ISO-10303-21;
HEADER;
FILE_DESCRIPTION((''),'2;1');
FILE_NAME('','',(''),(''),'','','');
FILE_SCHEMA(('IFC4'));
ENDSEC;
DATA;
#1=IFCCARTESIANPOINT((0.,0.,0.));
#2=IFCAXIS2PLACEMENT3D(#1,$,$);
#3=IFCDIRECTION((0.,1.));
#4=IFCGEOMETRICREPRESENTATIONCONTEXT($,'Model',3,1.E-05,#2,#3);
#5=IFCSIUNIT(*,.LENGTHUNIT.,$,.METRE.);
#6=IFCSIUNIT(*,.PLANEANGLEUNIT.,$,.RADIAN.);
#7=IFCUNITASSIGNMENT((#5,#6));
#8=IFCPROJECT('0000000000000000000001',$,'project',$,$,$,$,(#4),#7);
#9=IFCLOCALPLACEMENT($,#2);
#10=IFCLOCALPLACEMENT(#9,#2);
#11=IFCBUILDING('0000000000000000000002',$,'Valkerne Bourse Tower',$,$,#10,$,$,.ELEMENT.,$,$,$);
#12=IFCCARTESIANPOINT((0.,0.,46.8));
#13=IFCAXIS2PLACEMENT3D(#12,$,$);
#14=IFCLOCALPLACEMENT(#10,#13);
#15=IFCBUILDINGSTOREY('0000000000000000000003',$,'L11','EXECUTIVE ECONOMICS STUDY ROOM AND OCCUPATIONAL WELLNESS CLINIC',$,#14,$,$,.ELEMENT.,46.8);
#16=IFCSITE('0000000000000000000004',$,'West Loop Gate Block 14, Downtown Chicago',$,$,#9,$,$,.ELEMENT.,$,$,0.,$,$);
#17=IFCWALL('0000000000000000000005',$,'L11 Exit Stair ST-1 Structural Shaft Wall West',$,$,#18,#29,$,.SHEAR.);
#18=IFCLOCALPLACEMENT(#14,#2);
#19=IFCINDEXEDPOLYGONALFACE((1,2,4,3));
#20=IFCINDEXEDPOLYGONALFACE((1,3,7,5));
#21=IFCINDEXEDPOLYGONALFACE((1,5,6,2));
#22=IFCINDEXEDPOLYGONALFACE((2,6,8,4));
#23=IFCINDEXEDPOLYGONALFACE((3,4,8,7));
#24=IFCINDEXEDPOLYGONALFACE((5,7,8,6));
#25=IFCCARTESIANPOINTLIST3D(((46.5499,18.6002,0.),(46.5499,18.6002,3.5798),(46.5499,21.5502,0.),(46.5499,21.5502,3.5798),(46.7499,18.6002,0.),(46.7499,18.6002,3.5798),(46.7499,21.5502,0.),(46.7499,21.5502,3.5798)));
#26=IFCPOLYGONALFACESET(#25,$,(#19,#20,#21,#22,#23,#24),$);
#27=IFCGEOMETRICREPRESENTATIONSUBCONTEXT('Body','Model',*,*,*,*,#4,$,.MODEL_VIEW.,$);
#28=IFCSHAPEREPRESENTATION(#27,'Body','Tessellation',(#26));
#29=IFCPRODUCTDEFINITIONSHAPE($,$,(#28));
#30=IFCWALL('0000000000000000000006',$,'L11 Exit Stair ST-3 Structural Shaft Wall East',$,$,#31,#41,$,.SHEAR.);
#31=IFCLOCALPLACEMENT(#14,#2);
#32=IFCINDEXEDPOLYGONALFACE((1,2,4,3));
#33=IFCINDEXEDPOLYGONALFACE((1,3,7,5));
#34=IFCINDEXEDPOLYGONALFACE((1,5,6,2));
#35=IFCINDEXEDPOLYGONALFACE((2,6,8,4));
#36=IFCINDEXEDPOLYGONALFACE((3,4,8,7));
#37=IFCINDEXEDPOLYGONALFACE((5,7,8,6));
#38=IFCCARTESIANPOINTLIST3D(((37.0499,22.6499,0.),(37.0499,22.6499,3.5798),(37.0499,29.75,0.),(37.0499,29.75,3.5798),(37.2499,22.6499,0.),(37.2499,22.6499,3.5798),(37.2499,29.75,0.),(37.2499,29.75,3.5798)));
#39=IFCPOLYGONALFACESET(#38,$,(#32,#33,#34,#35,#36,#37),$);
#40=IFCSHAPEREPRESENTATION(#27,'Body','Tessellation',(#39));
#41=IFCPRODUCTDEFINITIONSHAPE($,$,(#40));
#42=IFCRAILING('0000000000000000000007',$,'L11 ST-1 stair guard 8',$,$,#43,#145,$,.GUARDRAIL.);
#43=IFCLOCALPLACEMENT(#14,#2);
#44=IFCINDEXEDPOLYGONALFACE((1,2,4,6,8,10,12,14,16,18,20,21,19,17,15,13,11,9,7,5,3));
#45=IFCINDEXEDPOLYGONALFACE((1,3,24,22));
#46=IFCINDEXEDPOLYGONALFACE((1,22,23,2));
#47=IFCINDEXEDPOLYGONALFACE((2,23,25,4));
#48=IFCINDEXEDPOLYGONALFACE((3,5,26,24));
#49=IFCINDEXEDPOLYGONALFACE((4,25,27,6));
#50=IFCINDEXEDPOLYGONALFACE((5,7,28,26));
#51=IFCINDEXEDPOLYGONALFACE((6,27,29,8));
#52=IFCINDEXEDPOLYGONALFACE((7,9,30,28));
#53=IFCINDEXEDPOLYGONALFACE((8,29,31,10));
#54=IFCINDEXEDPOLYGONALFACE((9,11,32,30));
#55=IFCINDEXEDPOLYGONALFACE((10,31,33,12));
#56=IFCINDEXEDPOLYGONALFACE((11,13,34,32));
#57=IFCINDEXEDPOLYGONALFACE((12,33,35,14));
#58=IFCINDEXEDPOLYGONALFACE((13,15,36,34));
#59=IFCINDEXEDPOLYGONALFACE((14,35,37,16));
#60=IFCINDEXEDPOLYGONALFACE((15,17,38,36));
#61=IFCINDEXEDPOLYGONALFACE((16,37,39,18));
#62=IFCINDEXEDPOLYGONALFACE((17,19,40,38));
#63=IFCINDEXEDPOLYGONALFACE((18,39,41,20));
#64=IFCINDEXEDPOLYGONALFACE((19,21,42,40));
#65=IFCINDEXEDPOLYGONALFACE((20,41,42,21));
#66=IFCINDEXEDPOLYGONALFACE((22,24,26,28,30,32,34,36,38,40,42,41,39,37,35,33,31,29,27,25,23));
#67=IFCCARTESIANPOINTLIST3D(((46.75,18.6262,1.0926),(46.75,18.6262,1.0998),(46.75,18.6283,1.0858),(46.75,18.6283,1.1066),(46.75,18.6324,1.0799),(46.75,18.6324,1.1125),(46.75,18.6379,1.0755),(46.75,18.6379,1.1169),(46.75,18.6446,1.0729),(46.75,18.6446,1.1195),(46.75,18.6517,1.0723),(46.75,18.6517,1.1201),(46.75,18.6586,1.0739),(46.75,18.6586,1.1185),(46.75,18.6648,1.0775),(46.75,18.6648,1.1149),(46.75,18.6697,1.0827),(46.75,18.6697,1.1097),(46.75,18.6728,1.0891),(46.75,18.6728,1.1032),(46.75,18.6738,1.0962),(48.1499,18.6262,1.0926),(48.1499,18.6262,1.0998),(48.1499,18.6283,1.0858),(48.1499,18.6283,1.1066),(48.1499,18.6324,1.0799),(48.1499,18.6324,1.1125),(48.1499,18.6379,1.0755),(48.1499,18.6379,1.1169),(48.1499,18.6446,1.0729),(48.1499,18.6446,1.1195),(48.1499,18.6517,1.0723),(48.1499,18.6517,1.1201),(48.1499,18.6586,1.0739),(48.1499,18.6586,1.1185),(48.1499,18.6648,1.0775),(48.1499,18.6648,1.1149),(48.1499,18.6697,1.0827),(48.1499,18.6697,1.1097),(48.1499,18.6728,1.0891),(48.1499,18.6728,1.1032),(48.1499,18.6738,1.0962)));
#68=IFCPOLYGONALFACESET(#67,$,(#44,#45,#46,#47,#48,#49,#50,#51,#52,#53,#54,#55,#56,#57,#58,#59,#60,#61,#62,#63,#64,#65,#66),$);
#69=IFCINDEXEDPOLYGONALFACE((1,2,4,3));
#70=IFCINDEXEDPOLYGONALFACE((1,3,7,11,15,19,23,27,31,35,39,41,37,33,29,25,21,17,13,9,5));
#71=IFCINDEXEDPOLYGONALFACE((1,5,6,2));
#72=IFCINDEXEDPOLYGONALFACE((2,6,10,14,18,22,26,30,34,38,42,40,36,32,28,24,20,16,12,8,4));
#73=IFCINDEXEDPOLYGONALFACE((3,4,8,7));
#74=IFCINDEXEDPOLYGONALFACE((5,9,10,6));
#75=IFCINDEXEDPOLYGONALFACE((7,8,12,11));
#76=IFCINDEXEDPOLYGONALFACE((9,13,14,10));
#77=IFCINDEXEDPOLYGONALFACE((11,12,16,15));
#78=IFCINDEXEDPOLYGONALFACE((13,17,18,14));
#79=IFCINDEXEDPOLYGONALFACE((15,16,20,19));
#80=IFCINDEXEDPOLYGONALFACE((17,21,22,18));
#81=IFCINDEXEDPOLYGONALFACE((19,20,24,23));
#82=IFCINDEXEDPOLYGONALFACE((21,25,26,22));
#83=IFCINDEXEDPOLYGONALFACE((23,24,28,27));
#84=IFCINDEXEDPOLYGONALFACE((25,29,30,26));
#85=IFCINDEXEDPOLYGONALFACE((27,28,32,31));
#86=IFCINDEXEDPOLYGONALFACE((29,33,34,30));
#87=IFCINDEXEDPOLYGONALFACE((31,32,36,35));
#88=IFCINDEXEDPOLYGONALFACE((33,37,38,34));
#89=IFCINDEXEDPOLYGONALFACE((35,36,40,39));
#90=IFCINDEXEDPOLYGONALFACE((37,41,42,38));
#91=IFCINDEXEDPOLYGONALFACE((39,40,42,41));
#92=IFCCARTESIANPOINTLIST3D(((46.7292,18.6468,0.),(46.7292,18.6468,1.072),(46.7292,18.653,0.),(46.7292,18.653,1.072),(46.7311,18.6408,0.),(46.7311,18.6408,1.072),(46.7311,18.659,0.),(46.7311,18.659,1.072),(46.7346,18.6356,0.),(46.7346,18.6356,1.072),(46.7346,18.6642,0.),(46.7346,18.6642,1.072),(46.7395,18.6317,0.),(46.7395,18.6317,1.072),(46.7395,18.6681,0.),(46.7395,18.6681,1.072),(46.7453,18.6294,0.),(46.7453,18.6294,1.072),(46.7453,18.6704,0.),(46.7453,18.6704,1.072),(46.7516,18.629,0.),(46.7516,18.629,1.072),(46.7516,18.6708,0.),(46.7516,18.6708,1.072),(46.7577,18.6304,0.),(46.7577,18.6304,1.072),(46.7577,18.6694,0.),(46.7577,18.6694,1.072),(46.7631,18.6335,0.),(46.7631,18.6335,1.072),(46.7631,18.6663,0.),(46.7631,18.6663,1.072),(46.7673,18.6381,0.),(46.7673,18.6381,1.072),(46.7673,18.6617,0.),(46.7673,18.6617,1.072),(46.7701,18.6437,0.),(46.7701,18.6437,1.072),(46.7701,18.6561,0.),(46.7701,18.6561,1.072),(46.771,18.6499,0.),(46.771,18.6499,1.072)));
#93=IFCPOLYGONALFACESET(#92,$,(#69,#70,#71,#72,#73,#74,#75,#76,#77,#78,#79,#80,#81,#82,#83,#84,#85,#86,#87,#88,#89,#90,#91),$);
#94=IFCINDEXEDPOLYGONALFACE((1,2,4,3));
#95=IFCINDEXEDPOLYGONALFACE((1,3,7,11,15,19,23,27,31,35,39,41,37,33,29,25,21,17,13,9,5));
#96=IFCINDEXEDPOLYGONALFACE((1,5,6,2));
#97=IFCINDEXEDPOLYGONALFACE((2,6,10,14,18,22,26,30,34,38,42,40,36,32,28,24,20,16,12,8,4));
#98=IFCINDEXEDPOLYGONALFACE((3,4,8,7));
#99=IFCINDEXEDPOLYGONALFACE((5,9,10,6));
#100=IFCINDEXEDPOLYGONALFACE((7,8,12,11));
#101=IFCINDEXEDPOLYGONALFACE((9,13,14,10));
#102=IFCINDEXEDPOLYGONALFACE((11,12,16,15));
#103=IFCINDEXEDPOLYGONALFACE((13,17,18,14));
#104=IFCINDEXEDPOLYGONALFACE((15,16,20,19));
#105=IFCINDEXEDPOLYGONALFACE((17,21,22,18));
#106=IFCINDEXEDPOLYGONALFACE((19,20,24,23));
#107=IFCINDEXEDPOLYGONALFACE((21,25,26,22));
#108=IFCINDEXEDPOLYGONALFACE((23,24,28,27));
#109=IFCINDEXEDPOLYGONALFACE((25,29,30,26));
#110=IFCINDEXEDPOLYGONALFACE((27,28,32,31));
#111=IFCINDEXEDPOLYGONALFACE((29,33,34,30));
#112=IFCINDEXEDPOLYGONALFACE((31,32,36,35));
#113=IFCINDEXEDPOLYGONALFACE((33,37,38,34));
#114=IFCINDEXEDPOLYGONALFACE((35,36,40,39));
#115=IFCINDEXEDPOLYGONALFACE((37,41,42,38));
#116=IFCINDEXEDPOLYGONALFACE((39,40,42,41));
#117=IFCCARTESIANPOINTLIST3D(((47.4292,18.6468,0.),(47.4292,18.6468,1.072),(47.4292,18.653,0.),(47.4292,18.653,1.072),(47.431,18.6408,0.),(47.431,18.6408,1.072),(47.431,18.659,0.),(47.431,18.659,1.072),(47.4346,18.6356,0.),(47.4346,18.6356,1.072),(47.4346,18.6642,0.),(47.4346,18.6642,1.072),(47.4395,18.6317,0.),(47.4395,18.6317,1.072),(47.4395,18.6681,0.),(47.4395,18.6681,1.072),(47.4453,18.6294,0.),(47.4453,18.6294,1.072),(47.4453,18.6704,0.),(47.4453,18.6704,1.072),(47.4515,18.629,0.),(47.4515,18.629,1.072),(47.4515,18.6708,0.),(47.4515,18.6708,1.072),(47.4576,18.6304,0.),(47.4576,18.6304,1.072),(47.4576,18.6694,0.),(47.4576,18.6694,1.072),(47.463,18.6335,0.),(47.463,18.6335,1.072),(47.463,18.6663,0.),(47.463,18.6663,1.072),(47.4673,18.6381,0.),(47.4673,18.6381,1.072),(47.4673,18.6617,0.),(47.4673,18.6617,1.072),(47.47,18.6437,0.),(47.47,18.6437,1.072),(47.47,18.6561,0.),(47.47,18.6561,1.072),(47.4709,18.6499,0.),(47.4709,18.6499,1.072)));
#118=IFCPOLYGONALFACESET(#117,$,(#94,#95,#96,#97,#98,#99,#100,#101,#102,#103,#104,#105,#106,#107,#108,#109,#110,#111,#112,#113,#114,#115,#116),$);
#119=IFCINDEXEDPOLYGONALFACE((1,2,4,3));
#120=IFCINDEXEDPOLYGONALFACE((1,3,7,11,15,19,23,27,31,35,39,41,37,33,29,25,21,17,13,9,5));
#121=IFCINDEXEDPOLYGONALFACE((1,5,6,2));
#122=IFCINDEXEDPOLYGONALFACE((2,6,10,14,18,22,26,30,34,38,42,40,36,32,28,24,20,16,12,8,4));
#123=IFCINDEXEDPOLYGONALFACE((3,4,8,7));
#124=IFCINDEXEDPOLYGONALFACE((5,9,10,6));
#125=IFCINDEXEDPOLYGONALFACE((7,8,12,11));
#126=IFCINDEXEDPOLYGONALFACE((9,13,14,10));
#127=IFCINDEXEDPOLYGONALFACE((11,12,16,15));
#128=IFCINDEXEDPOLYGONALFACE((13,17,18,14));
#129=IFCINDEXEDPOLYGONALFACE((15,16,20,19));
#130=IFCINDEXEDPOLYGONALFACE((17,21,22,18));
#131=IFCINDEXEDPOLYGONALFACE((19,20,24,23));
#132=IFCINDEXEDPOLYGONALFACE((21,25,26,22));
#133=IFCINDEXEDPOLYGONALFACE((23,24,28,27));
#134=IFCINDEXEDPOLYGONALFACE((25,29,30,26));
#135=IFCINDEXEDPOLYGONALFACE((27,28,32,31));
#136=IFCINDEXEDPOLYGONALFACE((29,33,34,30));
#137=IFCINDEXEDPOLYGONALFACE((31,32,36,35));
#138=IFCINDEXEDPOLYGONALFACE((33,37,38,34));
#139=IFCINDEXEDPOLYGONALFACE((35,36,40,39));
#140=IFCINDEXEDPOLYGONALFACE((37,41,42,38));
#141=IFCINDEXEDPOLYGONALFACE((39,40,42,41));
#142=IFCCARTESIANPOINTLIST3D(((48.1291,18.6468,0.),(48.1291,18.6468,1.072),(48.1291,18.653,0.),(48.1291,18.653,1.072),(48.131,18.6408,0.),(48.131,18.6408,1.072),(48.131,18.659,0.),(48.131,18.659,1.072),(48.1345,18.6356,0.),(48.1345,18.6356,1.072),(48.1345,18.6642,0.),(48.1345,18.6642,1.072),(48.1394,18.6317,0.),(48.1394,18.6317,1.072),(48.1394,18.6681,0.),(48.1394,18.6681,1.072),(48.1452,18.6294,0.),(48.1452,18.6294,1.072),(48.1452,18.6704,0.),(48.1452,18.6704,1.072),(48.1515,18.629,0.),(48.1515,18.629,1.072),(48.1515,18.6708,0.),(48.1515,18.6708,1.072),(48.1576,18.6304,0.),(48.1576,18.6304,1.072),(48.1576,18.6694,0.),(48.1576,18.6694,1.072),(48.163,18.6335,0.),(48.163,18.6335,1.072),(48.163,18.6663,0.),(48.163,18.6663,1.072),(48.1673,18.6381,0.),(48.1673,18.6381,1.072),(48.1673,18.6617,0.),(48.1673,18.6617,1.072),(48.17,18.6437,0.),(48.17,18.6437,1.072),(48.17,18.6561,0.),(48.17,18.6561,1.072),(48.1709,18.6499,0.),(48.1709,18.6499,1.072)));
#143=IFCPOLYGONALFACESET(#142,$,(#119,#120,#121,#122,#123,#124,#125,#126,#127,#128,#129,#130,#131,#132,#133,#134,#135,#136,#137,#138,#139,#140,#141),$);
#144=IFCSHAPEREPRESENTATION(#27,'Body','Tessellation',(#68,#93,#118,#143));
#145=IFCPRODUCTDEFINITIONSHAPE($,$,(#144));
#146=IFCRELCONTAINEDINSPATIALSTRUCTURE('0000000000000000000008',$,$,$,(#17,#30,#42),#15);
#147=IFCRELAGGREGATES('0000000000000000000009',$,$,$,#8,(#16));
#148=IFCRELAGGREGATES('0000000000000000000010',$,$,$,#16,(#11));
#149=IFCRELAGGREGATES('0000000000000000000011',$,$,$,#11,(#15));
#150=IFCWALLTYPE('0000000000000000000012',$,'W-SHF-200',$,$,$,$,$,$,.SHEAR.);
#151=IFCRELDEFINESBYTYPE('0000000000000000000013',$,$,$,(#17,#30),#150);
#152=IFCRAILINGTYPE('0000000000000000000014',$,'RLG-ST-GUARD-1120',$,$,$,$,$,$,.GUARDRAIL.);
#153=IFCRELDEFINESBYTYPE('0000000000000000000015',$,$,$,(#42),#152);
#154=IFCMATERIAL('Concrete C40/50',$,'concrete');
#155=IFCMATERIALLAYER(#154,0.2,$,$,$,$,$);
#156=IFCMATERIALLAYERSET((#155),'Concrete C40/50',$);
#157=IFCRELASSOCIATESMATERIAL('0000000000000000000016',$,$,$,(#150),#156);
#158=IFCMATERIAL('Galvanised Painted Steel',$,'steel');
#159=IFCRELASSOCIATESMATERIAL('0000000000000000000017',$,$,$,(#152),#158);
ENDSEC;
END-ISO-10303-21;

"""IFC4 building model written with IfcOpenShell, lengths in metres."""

from ifc_helpers import new_model, si_unit, direction, frame, frame_2d, origin, origin_2d, place, context, subcontext, project, spatial, rectangle, circle, extrude, material, layer, layer_set, type_object, element, save


model = new_model("IFC4")

# Units and contexts
model_context = context("Model", 3, precision=1e-05, world=origin(), true_north=direction((0.0, 1.0)))
body_context = subcontext(model_context, "Body", "Model", "MODEL_VIEW")
ifc_project = project(units=[si_unit("LENGTHUNIT", "METRE"), si_unit("PLANEANGLEUNIT", "RADIAN")], contexts=[model_context])

# Site, building, storey
site_placement = place(None, origin())
site = spatial("IfcSite", under=ifc_project, at=site_placement, Name="West Loop Gate Block 14, Downtown Chicago", CompositionType="ELEMENT", RefElevation=0.0)
building_placement = place(site_placement, origin())
building = spatial("IfcBuilding", under=site, at=building_placement, Name="Valkerne Bourse Tower", CompositionType="ELEMENT")
storey_placement = place(building_placement, frame((0.0, 0.0, 46.8)))
storey = spatial("IfcBuildingStorey", under=building, at=storey_placement, Name="L11", Description="EXECUTIVE ECONOMICS STUDY ROOM AND OCCUPATIONAL WELLNESS CLINIC", CompositionType="ELEMENT", Elevation=46.8)

# Shared definitions
ifc_material_1 = material(Name="Galvanised Painted Steel", Category="steel")

# Shared definitions
ifc_material_2 = material(Name="Concrete C40/50", Category="concrete")
ifc_layer_1 = layer(ifc_material_2, 0.2)
ifc_layer_set_1 = layer_set([ifc_layer_1], Name="Concrete C40/50")
wall_type_1 = type_object("IfcWallType", Name="W-SHF-200", PredefinedType="SHEAR", material=ifc_layer_set_1)

# Walls
wall_1_placement = place(storey_placement, frame((46.6499, 18.6001, 0.0), z_axis=(0.0, 0.0, 1.0), x_axis=(0.0, 1.0, 0.0)))
element("IfcWall", 1, at=wall_1_placement, inside=storey, type_object=wall_type_1, Name="L11 Exit Stair ST-1 Structural Shaft Wall West", PredefinedType="SHEAR", context=body_context, shape_type="SweptSolid", body=[
    extrude(rectangle(XDim=2.95, YDim=0.2, at=frame_2d((1.4751, 0.0))), origin(), (0.0, 0.0, 1.0), 3.5798),
])
wall_2_placement = place(storey_placement, frame((37.1499, 22.6499, 0.0), z_axis=(0.0, 0.0, 1.0), x_axis=(0.0, 1.0, 0.0)))
element("IfcWall", 2, at=wall_2_placement, inside=storey, type_object=wall_type_1, Name="L11 Exit Stair ST-3 Structural Shaft Wall East", PredefinedType="SHEAR", context=body_context, shape_type="SweptSolid", body=[
    extrude(rectangle(XDim=7.1001, YDim=0.2, at=frame_2d((3.55, 0.0))), origin(), (0.0, 0.0, 1.0), 3.5798),
])

# Railing
railing_type = type_object("IfcRailingType", Name="RLG-ST-GUARD-1120", PredefinedType="GUARDRAIL", material=ifc_material_1)
for number, where, name in (
    (3, (46.75, 18.6499, 0.0), "L11 ST-1 stair guard 8"),
):
    element("IfcRailing", number, at=place(storey_placement, frame(where)), inside=storey, type_object=railing_type, Name=name, PredefinedType="GUARDRAIL", context=body_context, shape_type="SweptSolid", body=[
        extrude(circle(Radius=0.0239, at=origin_2d()), frame((0.0, 0.0, 1.0962), z_axis=(1.0, 0.0, 0.0), x_axis=(0.0, 1.0, 0.0)), (0.0, 0.0, 1.0), 1.3999),
        extrude(circle(Radius=0.021, at=origin_2d()), origin(), (0.0, 0.0, 1.0), 1.072),
        extrude(circle(Radius=0.021, at=origin_2d()), frame((0.7, 0.0, 0.0)), (0.0, 0.0, 1.0), 1.072),
        extrude(circle(Radius=0.021, at=origin_2d()), frame((1.3999, 0.0, 0.0)), (0.0, 0.0, 1.0), 1.072),
    ])

save(model, "model.ifc")
